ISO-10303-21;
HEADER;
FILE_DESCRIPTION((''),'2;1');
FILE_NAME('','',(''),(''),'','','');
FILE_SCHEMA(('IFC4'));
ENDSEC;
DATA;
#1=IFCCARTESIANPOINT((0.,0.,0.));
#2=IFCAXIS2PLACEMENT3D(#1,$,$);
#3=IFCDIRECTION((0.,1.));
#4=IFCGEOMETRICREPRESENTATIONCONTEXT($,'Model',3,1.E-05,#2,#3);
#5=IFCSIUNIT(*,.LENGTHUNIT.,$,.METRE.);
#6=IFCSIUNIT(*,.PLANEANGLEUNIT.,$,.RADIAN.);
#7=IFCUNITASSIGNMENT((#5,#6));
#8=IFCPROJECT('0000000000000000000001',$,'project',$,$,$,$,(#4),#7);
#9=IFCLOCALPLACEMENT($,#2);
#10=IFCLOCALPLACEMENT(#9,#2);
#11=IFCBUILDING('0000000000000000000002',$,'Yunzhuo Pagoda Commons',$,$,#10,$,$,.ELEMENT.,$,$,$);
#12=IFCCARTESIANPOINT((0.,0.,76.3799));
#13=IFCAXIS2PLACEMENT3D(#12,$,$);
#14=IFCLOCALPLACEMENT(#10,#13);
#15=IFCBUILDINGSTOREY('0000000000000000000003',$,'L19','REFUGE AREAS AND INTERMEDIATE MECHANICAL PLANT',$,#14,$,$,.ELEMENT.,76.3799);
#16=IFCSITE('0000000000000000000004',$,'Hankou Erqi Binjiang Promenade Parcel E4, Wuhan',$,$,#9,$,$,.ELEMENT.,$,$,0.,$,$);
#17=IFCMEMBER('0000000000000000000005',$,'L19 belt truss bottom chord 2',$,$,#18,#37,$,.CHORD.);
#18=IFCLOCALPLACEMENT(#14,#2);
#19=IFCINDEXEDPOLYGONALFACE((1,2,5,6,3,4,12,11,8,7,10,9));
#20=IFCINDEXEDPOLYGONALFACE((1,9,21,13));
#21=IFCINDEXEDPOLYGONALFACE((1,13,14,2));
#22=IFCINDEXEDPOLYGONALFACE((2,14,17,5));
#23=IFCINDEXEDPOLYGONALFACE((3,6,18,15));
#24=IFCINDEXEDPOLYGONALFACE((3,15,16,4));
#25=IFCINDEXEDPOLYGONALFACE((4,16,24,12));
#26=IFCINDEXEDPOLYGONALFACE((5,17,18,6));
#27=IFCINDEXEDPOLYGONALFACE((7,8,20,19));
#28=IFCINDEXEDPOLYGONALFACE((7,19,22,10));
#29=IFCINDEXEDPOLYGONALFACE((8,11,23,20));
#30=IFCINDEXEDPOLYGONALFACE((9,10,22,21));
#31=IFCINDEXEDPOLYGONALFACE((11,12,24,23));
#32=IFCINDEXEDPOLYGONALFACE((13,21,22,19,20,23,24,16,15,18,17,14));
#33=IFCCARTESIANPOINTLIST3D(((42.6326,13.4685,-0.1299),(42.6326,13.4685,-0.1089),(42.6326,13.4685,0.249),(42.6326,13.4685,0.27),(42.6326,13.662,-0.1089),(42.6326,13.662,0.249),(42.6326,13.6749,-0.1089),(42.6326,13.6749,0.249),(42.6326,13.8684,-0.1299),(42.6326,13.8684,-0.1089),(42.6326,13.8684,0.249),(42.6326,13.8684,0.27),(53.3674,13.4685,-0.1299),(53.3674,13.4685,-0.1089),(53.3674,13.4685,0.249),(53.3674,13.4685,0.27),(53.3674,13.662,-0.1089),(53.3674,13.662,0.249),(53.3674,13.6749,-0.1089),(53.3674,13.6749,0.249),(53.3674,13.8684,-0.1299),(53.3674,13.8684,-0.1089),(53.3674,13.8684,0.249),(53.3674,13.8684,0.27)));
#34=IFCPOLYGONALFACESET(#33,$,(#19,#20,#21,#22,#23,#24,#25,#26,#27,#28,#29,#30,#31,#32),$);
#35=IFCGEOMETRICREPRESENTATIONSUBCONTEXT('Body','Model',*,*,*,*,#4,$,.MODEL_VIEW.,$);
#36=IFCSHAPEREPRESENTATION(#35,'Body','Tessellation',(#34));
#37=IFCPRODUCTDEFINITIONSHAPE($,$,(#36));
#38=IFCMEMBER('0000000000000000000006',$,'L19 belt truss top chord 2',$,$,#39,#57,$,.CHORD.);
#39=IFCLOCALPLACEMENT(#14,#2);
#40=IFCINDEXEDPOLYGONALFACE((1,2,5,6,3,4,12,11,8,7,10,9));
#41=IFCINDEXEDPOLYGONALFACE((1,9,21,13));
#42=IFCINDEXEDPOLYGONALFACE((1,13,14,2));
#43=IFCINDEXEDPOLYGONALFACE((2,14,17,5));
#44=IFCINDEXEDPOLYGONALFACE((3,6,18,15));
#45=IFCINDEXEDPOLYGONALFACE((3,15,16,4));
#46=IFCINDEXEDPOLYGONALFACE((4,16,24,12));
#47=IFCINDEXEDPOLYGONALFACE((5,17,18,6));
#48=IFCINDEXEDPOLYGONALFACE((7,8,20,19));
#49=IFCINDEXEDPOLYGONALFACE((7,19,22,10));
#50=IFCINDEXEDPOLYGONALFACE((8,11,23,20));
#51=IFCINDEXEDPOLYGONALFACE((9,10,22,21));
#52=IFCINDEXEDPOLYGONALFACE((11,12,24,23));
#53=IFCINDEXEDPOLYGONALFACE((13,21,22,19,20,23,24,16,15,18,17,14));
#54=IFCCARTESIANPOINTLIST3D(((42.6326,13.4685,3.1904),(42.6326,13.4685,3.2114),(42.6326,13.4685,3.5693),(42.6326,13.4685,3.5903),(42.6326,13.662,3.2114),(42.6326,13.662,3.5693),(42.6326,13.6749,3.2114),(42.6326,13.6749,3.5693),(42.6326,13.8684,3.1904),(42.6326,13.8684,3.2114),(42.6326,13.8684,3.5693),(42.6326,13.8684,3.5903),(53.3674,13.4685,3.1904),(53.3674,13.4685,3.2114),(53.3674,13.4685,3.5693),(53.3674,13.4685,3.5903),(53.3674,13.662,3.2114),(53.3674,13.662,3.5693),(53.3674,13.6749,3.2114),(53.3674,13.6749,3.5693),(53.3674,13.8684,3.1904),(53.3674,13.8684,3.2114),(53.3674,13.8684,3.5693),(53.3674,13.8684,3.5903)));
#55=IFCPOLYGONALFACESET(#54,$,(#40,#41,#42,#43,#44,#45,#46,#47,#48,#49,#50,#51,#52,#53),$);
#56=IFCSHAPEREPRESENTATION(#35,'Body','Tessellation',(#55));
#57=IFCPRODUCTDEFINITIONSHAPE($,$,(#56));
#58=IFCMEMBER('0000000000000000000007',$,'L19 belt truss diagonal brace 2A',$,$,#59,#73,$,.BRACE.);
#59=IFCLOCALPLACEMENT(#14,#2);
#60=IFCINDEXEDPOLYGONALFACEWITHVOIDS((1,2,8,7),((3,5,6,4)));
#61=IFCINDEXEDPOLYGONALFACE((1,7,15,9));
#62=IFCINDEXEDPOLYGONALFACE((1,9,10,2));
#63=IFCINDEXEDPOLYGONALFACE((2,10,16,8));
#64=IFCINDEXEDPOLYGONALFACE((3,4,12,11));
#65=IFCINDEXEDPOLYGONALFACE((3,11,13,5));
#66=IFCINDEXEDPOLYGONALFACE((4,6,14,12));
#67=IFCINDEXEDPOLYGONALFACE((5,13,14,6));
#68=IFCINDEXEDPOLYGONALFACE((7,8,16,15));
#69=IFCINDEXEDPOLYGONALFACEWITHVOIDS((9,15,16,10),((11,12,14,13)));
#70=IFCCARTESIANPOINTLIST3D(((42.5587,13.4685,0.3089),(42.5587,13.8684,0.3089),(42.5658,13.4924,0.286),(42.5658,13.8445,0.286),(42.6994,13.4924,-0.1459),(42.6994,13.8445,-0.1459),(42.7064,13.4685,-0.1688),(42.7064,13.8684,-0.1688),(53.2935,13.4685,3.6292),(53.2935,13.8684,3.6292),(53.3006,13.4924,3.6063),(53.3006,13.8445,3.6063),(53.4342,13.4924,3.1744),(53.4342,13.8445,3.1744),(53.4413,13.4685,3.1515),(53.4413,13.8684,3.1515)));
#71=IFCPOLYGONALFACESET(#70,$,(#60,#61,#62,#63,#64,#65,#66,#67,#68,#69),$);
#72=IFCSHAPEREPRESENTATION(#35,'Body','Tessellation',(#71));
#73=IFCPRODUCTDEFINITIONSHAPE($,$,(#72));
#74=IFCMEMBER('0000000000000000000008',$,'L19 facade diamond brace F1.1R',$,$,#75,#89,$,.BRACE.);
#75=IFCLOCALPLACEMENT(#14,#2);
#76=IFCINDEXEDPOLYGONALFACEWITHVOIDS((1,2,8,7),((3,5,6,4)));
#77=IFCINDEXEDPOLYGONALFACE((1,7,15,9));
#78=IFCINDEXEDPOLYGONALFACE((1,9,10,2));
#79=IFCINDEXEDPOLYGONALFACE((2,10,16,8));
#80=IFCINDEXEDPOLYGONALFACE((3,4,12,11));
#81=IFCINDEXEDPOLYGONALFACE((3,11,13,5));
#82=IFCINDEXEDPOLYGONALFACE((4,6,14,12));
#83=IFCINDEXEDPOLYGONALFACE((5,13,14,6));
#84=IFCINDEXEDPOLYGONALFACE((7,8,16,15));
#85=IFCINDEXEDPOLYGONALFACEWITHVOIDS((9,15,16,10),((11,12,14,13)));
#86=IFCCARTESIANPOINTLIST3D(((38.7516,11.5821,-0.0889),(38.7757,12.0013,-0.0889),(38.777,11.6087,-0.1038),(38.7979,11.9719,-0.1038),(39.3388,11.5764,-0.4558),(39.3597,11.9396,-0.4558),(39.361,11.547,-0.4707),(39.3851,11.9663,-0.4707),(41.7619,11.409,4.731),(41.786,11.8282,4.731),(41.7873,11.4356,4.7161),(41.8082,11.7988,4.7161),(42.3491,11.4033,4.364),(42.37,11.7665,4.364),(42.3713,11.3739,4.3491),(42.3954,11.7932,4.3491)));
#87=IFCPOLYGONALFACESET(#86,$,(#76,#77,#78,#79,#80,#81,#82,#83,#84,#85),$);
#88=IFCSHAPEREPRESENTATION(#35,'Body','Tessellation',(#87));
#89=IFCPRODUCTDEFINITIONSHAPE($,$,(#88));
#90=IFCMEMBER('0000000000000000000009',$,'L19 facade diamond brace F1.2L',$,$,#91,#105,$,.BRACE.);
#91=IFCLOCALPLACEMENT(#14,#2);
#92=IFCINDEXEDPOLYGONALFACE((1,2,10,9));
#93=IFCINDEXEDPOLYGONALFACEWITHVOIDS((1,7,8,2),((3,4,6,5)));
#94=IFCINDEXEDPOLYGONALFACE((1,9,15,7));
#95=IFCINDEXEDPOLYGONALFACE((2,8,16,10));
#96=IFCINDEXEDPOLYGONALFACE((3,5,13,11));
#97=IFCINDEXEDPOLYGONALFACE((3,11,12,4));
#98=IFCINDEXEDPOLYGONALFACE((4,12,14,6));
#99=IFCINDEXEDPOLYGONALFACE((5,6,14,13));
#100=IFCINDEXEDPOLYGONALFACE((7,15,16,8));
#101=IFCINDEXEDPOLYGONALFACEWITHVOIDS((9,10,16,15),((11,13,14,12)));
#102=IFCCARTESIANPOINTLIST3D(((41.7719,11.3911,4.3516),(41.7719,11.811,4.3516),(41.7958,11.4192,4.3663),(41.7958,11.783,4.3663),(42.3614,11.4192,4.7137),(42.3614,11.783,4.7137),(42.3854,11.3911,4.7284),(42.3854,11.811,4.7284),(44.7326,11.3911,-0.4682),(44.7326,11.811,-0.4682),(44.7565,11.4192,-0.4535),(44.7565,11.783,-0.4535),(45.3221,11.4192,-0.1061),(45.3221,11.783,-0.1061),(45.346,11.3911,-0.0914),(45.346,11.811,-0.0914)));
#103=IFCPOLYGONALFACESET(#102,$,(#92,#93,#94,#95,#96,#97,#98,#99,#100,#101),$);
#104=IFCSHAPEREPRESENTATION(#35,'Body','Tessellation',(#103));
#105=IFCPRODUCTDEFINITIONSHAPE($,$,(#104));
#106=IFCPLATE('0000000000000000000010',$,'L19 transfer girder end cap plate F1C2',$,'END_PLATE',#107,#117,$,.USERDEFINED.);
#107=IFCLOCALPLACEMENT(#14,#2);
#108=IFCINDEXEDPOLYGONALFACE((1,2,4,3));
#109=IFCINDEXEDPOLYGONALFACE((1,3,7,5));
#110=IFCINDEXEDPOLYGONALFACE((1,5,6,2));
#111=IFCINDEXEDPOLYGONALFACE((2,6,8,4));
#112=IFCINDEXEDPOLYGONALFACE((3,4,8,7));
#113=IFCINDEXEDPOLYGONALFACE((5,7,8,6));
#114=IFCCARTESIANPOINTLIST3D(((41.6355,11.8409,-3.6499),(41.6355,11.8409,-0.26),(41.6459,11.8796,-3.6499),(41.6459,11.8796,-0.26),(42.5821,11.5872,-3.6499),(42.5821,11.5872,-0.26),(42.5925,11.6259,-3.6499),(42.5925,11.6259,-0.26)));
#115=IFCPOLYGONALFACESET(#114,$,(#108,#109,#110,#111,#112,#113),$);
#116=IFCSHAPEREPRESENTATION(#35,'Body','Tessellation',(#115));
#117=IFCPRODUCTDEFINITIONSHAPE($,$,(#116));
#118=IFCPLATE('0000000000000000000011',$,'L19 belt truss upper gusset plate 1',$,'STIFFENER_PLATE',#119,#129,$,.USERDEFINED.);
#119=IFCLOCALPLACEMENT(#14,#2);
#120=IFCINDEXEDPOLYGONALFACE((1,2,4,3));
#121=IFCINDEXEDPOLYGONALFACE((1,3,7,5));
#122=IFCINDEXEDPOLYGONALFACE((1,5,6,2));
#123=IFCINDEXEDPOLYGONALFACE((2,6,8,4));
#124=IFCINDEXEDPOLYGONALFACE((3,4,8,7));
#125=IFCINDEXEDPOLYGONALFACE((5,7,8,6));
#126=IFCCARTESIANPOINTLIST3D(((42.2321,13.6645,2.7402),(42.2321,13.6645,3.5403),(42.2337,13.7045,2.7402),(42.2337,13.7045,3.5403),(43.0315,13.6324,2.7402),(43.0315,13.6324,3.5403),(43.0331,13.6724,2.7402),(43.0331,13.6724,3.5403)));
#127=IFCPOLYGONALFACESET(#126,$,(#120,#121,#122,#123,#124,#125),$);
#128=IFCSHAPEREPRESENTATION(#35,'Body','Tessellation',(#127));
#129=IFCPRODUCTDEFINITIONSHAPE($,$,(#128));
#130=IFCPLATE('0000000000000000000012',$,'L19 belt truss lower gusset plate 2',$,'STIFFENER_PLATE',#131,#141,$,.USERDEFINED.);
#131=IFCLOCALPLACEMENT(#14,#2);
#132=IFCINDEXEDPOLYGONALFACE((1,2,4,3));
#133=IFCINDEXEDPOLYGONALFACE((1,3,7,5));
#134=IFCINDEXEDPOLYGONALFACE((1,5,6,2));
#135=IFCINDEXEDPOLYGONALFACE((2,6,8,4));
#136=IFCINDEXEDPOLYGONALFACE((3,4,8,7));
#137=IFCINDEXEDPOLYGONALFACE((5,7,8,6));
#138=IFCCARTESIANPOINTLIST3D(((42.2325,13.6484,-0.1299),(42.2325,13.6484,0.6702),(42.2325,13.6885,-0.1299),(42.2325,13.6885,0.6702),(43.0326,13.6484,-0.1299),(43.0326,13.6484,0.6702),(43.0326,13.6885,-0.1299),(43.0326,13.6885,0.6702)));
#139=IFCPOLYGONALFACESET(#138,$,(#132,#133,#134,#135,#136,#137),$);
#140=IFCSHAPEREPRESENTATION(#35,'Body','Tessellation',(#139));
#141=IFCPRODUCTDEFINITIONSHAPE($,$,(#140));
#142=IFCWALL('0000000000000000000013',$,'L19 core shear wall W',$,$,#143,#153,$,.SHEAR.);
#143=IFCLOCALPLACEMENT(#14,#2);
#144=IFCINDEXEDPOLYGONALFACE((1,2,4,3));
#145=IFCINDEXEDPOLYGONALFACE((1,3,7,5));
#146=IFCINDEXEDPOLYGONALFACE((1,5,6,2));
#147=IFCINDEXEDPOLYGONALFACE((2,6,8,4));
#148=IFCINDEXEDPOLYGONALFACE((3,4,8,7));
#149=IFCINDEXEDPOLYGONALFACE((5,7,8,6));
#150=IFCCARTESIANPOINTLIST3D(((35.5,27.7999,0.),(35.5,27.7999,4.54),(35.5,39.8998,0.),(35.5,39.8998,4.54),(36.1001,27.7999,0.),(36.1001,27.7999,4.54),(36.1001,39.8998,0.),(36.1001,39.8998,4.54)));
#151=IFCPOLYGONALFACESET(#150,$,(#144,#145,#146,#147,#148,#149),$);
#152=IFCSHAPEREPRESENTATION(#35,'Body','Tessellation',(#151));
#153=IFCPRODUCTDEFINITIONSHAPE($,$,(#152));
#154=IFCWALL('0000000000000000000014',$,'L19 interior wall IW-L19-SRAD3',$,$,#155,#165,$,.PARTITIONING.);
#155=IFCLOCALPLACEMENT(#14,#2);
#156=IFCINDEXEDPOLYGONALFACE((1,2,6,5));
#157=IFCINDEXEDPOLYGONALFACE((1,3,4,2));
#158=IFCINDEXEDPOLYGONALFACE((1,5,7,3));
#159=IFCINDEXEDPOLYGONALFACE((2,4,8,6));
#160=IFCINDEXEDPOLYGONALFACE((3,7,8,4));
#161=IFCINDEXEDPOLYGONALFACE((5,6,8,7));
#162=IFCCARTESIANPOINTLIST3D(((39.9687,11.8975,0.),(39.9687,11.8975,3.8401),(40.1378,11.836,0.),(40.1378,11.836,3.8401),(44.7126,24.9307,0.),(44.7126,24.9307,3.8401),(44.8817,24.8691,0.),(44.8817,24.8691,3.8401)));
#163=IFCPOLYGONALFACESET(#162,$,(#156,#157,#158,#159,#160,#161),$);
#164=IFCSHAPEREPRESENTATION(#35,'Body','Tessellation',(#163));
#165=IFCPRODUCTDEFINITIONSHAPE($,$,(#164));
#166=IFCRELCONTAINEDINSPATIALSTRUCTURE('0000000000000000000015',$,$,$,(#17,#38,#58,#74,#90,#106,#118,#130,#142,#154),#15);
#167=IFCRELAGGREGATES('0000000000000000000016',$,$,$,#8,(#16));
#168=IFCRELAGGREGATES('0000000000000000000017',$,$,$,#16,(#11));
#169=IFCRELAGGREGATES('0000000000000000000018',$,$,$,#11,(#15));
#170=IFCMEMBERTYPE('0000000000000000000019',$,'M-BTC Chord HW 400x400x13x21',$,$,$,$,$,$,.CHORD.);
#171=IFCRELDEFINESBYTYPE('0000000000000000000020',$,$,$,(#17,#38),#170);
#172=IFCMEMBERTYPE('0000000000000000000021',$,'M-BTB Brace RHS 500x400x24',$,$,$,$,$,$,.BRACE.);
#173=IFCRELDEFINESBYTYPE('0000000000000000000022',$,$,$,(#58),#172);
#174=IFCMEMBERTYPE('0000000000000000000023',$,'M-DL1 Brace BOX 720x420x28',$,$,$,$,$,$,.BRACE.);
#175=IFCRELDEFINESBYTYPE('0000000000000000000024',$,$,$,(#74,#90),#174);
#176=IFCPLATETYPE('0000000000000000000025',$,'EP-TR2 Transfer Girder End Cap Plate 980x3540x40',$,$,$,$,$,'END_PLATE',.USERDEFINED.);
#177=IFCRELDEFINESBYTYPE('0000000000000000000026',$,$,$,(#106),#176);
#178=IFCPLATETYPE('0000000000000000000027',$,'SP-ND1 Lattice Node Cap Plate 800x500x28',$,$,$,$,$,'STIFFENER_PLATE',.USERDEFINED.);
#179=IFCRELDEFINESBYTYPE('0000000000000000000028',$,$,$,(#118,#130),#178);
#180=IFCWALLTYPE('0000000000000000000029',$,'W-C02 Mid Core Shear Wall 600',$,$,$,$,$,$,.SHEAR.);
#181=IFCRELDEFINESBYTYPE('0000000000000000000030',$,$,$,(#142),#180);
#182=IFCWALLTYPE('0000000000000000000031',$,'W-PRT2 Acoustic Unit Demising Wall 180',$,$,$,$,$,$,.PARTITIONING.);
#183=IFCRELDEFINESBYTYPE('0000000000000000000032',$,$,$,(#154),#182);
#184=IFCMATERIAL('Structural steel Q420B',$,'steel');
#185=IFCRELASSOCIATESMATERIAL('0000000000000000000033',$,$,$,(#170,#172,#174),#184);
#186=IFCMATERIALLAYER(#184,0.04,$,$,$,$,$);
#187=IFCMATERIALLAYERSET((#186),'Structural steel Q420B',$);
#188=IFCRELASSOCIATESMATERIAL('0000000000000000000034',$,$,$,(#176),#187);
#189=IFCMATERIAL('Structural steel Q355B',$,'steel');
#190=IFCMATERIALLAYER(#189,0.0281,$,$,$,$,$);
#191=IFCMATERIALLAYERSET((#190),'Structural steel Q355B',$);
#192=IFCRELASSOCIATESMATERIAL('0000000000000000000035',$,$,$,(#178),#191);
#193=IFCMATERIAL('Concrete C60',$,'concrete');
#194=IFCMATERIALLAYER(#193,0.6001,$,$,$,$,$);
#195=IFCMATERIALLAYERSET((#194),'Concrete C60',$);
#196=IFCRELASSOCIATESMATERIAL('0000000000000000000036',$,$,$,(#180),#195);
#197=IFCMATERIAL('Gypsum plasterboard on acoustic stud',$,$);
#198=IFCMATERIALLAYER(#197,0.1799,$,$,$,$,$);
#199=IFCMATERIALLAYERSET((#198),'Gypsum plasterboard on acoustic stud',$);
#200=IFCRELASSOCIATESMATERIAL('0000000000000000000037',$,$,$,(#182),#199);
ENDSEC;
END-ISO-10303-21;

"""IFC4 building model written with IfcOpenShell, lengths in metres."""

from ifc_helpers import new_model, si_unit, direction, frame, frame_2d, origin, origin_2d, place, context, subcontext, project, spatial, rectangle, hollow_rectangle, i_section, extrude, source, transform, mapped, material, layer, layer_set, material_profile, profile_set, type_object, element, save


model = new_model("IFC4")

# Units and contexts
model_context = context("Model", 3, precision=1e-05, world=origin(), true_north=direction((0.0, 1.0)))
body_context = subcontext(model_context, "Body", "Model", "MODEL_VIEW")
ifc_project = project(units=[si_unit("LENGTHUNIT", "METRE"), si_unit("PLANEANGLEUNIT", "RADIAN")], contexts=[model_context])

# Site, building, storey
site_placement = place(None, origin())
site = spatial("IfcSite", under=ifc_project, at=site_placement, Name="Hankou Erqi Binjiang Promenade Parcel E4, Wuhan", CompositionType="ELEMENT", RefElevation=0.0)
building_placement = place(site_placement, origin())
building = spatial("IfcBuilding", under=site, at=building_placement, Name="Yunzhuo Pagoda Commons", CompositionType="ELEMENT")
storey_placement = place(building_placement, frame((0.0, 0.0, 76.3799)))
storey = spatial("IfcBuildingStorey", under=building, at=storey_placement, Name="L19", Description="REFUGE AREAS AND INTERMEDIATE MECHANICAL PLANT", CompositionType="ELEMENT", Elevation=76.3799)

# Shared definitions
ifc_material_1 = material(Name="Structural steel Q420B", Category="steel")

# Shared definitions
ifc_material_2 = material(Name="Structural steel Q355B", Category="steel")

# Members
ifc_material_profile_1 = material_profile(ifc_material_1, i_section(OverallWidth=0.3999, OverallDepth=0.3999, WebThickness=0.0129, FlangeThickness=0.021, at=origin_2d()), Name="Structural steel Q420B")
ifc_profile_set_1 = profile_set([ifc_material_profile_1], Name="Structural steel Q420B")
member_type_1 = type_object("IfcMemberType", Name="M-BTC Chord HW 400x400x13x21", PredefinedType="CHORD", material=ifc_profile_set_1)
shared_shape_1 = source(origin(), body_context, "Body", "SweptSolid", [
    extrude(i_section(OverallWidth=0.3999, OverallDepth=0.3999, WebThickness=0.0129, FlangeThickness=0.021, at=origin_2d()), origin(), (0.0, 0.0, 1.0), 10.7349),
])
for number, where, z_axis, x_axis, name in (
    (1, (42.6326, 13.6685, 0.0701), (1.0, 0.0, 0.0), (0.0, 1.0, 0.0), "L19 belt truss bottom chord 2"),
    (2, (42.6326, 13.6685, 3.3904), (1.0, 0.0, 0.0), (0.0, 1.0, 0.0), "L19 belt truss top chord 2"),
):
    element("IfcMember", number, at=place(storey_placement, frame(where, z_axis=z_axis, x_axis=x_axis)), inside=storey, type_object=member_type_1, Name=name, PredefinedType="CHORD", context=body_context, shape_type="MappedRepresentation", body=[
        mapped(shared_shape_1, transform((0.0, 0.0, 0.0), scale=1.0)),
    ])
ifc_material_profile_2 = material_profile(ifc_material_1, hollow_rectangle(XDim=0.3999, YDim=0.5, WallThickness=0.0239, at=origin_2d()), Name="Structural steel Q420B")
ifc_profile_set_2 = profile_set([ifc_material_profile_2], Name="Structural steel Q420B")
member_type_2 = type_object("IfcMemberType", Name="M-BTB Brace RHS 500x400x24", PredefinedType="BRACE", material=ifc_profile_set_2)
shared_shape_2 = source(origin(), body_context, "Body", "SweptSolid", [
    extrude(hollow_rectangle(XDim=0.3999, YDim=0.5, WallThickness=0.0239, at=origin_2d()), origin(), (0.0, 0.0, 1.0), 11.2366),
])
member_1_placement = place(storey_placement, frame((42.6326, 13.6685, 0.0701), z_axis=(0.955346, 0.0, 0.29549), x_axis=(0.0, 1.0, 0.0)))
element("IfcMember", 3, at=member_1_placement, inside=storey, type_object=member_type_2, Name="L19 belt truss diagonal brace 2A", PredefinedType="BRACE", context=body_context, shape_type="MappedRepresentation", body=[
    mapped(shared_shape_2, transform((0.0, 0.0, 0.0), scale=1.0)),
])
ifc_material_profile_3 = material_profile(ifc_material_1, hollow_rectangle(XDim=0.4199, YDim=0.72, WallThickness=0.0281, at=origin_2d()), Name="Structural steel Q420B")
ifc_profile_set_3 = profile_set([ifc_material_profile_3], Name="Structural steel Q420B")
member_type_3 = type_object("IfcMemberType", Name="M-DL1 Brace BOX 720x420x28", PredefinedType="BRACE", material=ifc_profile_set_3)
shared_shape_3 = source(origin(), body_context, "Body", "SweptSolid", [
    extrude(hollow_rectangle(XDim=0.4199, YDim=0.72, WallThickness=0.0281, at=origin_2d()), origin(), (0.0, 0.0, 1.0), 5.6853),
])
member_2_placement = place(storey_placement, frame((39.0684, 11.7742, -0.2798), z_axis=(0.529483, -0.030446, 0.847774), x_axis=(0.057407, 0.998351, 0.0)))
element("IfcMember", 4, at=member_2_placement, inside=storey, type_object=member_type_3, Name="L19 facade diamond brace F1.1R", PredefinedType="BRACE", context=body_context, shape_type="MappedRepresentation", body=[
    mapped(shared_shape_3, transform((0.0, 0.0, 0.0), scale=1.0)),
])
shared_shape_4 = source(origin(), body_context, "Body", "SweptSolid", [
    extrude(hollow_rectangle(XDim=0.4199, YDim=0.72, WallThickness=0.0281, at=origin_2d()), origin(), (0.0, 0.0, 1.0), 5.6565),
])
member_3_placement = place(storey_placement, frame((45.0393, 11.6011, -0.2798), z_axis=(-0.523411, 0.0, 0.85208), x_axis=(0.0, -1.0, 0.0)))
element("IfcMember", 5, at=member_3_placement, inside=storey, type_object=member_type_3, Name="L19 facade diamond brace F1.2L", PredefinedType="BRACE", context=body_context, shape_type="MappedRepresentation", body=[
    mapped(shared_shape_4, transform((0.0, 0.0, 0.0), scale=1.0)),
])

# Plates
ifc_layer_1 = layer(ifc_material_1, 0.04)
ifc_layer_set_1 = layer_set([ifc_layer_1], Name="Structural steel Q420B")
plate_type_1 = type_object("IfcPlateType", Name="EP-TR2 Transfer Girder End Cap Plate 980x3540x40", ElementType="END_PLATE", PredefinedType="USERDEFINED", material=ifc_layer_set_1)
shared_shape_5 = source(origin(), body_context, "Body", "SweptSolid", [
    extrude(rectangle(XDim=0.98, YDim=0.04, at=origin_2d()), origin(), (0.0, 0.0, 1.0), 3.3899),
])
plate_placement = place(storey_placement, frame((42.114, 11.7334, -3.6499), z_axis=(0.0, 0.0, 1.0), x_axis=(0.965926, -0.258819, 0.0)))
element("IfcPlate", 6, at=plate_placement, inside=storey, type_object=plate_type_1, Name="L19 transfer girder end cap plate F1C2", ObjectType="END_PLATE", PredefinedType="USERDEFINED", context=body_context, shape_type="MappedRepresentation", body=[
    mapped(shared_shape_5, transform((0.0, 0.0, 0.0), scale=1.0)),
])
ifc_layer_2 = layer(ifc_material_2, 0.0281)
ifc_layer_set_2 = layer_set([ifc_layer_2], Name="Structural steel Q355B")
plate_type_2 = type_object("IfcPlateType", Name="SP-ND1 Lattice Node Cap Plate 800x500x28", ElementType="STIFFENER_PLATE", PredefinedType="USERDEFINED", material=ifc_layer_set_2)
shared_shape_6 = source(origin(), body_context, "Body", "SweptSolid", [
    extrude(rectangle(XDim=0.8, YDim=0.04, at=origin_2d()), origin(), (0.0, 0.0, 1.0), 0.8),
])
for number, where, z_axis, x_axis, name in (
    (7, (42.6326, 13.6685, 2.7402), (0.0, 0.0, 1.0), (0.999197, -0.040062, 0.0), "L19 belt truss upper gusset plate 1"),
    (8, (42.6326, 13.6685, -0.1299), (0.0, 0.0, 1.0), (1.0, 0.0, 0.0), "L19 belt truss lower gusset plate 2"),
):
    element("IfcPlate", number, at=place(storey_placement, frame(where, z_axis=z_axis, x_axis=x_axis)), inside=storey, type_object=plate_type_2, Name=name, ObjectType="STIFFENER_PLATE", PredefinedType="USERDEFINED", context=body_context, shape_type="MappedRepresentation", body=[
        mapped(shared_shape_6, transform((0.0, 0.0, 0.0), scale=1.0)),
    ])

# Walls
ifc_material_3 = material(Name="Concrete C60", Category="concrete")
ifc_layer_3 = layer(ifc_material_3, 0.6001)
ifc_layer_set_3 = layer_set([ifc_layer_3], Name="Concrete C60")
wall_type_1 = type_object("IfcWallType", Name="W-C02 Mid Core Shear Wall 600", PredefinedType="SHEAR", material=ifc_layer_set_3)
wall_1_placement = place(storey_placement, frame((35.8, 27.8, 0.0), z_axis=(0.0, 0.0, 1.0), x_axis=(0.0, 1.0, 0.0)))
element("IfcWall", 9, at=wall_1_placement, inside=storey, type_object=wall_type_1, Name="L19 core shear wall W", PredefinedType="SHEAR", context=body_context, shape_type="SweptSolid", body=[
    extrude(rectangle(XDim=12.0999, YDim=0.6001, at=frame_2d((6.0498, 0.0))), origin(), (0.0, 0.0, 1.0), 4.54),
])
ifc_material_4 = material(Name="Gypsum plasterboard on acoustic stud")
ifc_layer_4 = layer(ifc_material_4, 0.1799)
ifc_layer_set_4 = layer_set([ifc_layer_4], Name="Gypsum plasterboard on acoustic stud")
wall_type_2 = type_object("IfcWallType", Name="W-PRT2 Acoustic Unit Demising Wall 180", PredefinedType="PARTITIONING", material=ifc_layer_set_4)
wall_2_placement = place(storey_placement, frame((44.7971, 24.8999, 0.0), z_axis=(0.0, 0.0, 1.0), x_axis=(-0.342033, -0.939688, 0.0)))
element("IfcWall", 10, at=wall_2_placement, inside=storey, type_object=wall_type_2, Name="L19 interior wall IW-L19-SRAD3", PredefinedType="PARTITIONING", context=body_context, shape_type="SweptSolid", body=[
    extrude(rectangle(XDim=13.8696, YDim=0.1799, at=frame_2d((6.9348, 0.0))), origin(), (0.0, 0.0, 1.0), 3.8401),
])

save(model, "model.ifc")
